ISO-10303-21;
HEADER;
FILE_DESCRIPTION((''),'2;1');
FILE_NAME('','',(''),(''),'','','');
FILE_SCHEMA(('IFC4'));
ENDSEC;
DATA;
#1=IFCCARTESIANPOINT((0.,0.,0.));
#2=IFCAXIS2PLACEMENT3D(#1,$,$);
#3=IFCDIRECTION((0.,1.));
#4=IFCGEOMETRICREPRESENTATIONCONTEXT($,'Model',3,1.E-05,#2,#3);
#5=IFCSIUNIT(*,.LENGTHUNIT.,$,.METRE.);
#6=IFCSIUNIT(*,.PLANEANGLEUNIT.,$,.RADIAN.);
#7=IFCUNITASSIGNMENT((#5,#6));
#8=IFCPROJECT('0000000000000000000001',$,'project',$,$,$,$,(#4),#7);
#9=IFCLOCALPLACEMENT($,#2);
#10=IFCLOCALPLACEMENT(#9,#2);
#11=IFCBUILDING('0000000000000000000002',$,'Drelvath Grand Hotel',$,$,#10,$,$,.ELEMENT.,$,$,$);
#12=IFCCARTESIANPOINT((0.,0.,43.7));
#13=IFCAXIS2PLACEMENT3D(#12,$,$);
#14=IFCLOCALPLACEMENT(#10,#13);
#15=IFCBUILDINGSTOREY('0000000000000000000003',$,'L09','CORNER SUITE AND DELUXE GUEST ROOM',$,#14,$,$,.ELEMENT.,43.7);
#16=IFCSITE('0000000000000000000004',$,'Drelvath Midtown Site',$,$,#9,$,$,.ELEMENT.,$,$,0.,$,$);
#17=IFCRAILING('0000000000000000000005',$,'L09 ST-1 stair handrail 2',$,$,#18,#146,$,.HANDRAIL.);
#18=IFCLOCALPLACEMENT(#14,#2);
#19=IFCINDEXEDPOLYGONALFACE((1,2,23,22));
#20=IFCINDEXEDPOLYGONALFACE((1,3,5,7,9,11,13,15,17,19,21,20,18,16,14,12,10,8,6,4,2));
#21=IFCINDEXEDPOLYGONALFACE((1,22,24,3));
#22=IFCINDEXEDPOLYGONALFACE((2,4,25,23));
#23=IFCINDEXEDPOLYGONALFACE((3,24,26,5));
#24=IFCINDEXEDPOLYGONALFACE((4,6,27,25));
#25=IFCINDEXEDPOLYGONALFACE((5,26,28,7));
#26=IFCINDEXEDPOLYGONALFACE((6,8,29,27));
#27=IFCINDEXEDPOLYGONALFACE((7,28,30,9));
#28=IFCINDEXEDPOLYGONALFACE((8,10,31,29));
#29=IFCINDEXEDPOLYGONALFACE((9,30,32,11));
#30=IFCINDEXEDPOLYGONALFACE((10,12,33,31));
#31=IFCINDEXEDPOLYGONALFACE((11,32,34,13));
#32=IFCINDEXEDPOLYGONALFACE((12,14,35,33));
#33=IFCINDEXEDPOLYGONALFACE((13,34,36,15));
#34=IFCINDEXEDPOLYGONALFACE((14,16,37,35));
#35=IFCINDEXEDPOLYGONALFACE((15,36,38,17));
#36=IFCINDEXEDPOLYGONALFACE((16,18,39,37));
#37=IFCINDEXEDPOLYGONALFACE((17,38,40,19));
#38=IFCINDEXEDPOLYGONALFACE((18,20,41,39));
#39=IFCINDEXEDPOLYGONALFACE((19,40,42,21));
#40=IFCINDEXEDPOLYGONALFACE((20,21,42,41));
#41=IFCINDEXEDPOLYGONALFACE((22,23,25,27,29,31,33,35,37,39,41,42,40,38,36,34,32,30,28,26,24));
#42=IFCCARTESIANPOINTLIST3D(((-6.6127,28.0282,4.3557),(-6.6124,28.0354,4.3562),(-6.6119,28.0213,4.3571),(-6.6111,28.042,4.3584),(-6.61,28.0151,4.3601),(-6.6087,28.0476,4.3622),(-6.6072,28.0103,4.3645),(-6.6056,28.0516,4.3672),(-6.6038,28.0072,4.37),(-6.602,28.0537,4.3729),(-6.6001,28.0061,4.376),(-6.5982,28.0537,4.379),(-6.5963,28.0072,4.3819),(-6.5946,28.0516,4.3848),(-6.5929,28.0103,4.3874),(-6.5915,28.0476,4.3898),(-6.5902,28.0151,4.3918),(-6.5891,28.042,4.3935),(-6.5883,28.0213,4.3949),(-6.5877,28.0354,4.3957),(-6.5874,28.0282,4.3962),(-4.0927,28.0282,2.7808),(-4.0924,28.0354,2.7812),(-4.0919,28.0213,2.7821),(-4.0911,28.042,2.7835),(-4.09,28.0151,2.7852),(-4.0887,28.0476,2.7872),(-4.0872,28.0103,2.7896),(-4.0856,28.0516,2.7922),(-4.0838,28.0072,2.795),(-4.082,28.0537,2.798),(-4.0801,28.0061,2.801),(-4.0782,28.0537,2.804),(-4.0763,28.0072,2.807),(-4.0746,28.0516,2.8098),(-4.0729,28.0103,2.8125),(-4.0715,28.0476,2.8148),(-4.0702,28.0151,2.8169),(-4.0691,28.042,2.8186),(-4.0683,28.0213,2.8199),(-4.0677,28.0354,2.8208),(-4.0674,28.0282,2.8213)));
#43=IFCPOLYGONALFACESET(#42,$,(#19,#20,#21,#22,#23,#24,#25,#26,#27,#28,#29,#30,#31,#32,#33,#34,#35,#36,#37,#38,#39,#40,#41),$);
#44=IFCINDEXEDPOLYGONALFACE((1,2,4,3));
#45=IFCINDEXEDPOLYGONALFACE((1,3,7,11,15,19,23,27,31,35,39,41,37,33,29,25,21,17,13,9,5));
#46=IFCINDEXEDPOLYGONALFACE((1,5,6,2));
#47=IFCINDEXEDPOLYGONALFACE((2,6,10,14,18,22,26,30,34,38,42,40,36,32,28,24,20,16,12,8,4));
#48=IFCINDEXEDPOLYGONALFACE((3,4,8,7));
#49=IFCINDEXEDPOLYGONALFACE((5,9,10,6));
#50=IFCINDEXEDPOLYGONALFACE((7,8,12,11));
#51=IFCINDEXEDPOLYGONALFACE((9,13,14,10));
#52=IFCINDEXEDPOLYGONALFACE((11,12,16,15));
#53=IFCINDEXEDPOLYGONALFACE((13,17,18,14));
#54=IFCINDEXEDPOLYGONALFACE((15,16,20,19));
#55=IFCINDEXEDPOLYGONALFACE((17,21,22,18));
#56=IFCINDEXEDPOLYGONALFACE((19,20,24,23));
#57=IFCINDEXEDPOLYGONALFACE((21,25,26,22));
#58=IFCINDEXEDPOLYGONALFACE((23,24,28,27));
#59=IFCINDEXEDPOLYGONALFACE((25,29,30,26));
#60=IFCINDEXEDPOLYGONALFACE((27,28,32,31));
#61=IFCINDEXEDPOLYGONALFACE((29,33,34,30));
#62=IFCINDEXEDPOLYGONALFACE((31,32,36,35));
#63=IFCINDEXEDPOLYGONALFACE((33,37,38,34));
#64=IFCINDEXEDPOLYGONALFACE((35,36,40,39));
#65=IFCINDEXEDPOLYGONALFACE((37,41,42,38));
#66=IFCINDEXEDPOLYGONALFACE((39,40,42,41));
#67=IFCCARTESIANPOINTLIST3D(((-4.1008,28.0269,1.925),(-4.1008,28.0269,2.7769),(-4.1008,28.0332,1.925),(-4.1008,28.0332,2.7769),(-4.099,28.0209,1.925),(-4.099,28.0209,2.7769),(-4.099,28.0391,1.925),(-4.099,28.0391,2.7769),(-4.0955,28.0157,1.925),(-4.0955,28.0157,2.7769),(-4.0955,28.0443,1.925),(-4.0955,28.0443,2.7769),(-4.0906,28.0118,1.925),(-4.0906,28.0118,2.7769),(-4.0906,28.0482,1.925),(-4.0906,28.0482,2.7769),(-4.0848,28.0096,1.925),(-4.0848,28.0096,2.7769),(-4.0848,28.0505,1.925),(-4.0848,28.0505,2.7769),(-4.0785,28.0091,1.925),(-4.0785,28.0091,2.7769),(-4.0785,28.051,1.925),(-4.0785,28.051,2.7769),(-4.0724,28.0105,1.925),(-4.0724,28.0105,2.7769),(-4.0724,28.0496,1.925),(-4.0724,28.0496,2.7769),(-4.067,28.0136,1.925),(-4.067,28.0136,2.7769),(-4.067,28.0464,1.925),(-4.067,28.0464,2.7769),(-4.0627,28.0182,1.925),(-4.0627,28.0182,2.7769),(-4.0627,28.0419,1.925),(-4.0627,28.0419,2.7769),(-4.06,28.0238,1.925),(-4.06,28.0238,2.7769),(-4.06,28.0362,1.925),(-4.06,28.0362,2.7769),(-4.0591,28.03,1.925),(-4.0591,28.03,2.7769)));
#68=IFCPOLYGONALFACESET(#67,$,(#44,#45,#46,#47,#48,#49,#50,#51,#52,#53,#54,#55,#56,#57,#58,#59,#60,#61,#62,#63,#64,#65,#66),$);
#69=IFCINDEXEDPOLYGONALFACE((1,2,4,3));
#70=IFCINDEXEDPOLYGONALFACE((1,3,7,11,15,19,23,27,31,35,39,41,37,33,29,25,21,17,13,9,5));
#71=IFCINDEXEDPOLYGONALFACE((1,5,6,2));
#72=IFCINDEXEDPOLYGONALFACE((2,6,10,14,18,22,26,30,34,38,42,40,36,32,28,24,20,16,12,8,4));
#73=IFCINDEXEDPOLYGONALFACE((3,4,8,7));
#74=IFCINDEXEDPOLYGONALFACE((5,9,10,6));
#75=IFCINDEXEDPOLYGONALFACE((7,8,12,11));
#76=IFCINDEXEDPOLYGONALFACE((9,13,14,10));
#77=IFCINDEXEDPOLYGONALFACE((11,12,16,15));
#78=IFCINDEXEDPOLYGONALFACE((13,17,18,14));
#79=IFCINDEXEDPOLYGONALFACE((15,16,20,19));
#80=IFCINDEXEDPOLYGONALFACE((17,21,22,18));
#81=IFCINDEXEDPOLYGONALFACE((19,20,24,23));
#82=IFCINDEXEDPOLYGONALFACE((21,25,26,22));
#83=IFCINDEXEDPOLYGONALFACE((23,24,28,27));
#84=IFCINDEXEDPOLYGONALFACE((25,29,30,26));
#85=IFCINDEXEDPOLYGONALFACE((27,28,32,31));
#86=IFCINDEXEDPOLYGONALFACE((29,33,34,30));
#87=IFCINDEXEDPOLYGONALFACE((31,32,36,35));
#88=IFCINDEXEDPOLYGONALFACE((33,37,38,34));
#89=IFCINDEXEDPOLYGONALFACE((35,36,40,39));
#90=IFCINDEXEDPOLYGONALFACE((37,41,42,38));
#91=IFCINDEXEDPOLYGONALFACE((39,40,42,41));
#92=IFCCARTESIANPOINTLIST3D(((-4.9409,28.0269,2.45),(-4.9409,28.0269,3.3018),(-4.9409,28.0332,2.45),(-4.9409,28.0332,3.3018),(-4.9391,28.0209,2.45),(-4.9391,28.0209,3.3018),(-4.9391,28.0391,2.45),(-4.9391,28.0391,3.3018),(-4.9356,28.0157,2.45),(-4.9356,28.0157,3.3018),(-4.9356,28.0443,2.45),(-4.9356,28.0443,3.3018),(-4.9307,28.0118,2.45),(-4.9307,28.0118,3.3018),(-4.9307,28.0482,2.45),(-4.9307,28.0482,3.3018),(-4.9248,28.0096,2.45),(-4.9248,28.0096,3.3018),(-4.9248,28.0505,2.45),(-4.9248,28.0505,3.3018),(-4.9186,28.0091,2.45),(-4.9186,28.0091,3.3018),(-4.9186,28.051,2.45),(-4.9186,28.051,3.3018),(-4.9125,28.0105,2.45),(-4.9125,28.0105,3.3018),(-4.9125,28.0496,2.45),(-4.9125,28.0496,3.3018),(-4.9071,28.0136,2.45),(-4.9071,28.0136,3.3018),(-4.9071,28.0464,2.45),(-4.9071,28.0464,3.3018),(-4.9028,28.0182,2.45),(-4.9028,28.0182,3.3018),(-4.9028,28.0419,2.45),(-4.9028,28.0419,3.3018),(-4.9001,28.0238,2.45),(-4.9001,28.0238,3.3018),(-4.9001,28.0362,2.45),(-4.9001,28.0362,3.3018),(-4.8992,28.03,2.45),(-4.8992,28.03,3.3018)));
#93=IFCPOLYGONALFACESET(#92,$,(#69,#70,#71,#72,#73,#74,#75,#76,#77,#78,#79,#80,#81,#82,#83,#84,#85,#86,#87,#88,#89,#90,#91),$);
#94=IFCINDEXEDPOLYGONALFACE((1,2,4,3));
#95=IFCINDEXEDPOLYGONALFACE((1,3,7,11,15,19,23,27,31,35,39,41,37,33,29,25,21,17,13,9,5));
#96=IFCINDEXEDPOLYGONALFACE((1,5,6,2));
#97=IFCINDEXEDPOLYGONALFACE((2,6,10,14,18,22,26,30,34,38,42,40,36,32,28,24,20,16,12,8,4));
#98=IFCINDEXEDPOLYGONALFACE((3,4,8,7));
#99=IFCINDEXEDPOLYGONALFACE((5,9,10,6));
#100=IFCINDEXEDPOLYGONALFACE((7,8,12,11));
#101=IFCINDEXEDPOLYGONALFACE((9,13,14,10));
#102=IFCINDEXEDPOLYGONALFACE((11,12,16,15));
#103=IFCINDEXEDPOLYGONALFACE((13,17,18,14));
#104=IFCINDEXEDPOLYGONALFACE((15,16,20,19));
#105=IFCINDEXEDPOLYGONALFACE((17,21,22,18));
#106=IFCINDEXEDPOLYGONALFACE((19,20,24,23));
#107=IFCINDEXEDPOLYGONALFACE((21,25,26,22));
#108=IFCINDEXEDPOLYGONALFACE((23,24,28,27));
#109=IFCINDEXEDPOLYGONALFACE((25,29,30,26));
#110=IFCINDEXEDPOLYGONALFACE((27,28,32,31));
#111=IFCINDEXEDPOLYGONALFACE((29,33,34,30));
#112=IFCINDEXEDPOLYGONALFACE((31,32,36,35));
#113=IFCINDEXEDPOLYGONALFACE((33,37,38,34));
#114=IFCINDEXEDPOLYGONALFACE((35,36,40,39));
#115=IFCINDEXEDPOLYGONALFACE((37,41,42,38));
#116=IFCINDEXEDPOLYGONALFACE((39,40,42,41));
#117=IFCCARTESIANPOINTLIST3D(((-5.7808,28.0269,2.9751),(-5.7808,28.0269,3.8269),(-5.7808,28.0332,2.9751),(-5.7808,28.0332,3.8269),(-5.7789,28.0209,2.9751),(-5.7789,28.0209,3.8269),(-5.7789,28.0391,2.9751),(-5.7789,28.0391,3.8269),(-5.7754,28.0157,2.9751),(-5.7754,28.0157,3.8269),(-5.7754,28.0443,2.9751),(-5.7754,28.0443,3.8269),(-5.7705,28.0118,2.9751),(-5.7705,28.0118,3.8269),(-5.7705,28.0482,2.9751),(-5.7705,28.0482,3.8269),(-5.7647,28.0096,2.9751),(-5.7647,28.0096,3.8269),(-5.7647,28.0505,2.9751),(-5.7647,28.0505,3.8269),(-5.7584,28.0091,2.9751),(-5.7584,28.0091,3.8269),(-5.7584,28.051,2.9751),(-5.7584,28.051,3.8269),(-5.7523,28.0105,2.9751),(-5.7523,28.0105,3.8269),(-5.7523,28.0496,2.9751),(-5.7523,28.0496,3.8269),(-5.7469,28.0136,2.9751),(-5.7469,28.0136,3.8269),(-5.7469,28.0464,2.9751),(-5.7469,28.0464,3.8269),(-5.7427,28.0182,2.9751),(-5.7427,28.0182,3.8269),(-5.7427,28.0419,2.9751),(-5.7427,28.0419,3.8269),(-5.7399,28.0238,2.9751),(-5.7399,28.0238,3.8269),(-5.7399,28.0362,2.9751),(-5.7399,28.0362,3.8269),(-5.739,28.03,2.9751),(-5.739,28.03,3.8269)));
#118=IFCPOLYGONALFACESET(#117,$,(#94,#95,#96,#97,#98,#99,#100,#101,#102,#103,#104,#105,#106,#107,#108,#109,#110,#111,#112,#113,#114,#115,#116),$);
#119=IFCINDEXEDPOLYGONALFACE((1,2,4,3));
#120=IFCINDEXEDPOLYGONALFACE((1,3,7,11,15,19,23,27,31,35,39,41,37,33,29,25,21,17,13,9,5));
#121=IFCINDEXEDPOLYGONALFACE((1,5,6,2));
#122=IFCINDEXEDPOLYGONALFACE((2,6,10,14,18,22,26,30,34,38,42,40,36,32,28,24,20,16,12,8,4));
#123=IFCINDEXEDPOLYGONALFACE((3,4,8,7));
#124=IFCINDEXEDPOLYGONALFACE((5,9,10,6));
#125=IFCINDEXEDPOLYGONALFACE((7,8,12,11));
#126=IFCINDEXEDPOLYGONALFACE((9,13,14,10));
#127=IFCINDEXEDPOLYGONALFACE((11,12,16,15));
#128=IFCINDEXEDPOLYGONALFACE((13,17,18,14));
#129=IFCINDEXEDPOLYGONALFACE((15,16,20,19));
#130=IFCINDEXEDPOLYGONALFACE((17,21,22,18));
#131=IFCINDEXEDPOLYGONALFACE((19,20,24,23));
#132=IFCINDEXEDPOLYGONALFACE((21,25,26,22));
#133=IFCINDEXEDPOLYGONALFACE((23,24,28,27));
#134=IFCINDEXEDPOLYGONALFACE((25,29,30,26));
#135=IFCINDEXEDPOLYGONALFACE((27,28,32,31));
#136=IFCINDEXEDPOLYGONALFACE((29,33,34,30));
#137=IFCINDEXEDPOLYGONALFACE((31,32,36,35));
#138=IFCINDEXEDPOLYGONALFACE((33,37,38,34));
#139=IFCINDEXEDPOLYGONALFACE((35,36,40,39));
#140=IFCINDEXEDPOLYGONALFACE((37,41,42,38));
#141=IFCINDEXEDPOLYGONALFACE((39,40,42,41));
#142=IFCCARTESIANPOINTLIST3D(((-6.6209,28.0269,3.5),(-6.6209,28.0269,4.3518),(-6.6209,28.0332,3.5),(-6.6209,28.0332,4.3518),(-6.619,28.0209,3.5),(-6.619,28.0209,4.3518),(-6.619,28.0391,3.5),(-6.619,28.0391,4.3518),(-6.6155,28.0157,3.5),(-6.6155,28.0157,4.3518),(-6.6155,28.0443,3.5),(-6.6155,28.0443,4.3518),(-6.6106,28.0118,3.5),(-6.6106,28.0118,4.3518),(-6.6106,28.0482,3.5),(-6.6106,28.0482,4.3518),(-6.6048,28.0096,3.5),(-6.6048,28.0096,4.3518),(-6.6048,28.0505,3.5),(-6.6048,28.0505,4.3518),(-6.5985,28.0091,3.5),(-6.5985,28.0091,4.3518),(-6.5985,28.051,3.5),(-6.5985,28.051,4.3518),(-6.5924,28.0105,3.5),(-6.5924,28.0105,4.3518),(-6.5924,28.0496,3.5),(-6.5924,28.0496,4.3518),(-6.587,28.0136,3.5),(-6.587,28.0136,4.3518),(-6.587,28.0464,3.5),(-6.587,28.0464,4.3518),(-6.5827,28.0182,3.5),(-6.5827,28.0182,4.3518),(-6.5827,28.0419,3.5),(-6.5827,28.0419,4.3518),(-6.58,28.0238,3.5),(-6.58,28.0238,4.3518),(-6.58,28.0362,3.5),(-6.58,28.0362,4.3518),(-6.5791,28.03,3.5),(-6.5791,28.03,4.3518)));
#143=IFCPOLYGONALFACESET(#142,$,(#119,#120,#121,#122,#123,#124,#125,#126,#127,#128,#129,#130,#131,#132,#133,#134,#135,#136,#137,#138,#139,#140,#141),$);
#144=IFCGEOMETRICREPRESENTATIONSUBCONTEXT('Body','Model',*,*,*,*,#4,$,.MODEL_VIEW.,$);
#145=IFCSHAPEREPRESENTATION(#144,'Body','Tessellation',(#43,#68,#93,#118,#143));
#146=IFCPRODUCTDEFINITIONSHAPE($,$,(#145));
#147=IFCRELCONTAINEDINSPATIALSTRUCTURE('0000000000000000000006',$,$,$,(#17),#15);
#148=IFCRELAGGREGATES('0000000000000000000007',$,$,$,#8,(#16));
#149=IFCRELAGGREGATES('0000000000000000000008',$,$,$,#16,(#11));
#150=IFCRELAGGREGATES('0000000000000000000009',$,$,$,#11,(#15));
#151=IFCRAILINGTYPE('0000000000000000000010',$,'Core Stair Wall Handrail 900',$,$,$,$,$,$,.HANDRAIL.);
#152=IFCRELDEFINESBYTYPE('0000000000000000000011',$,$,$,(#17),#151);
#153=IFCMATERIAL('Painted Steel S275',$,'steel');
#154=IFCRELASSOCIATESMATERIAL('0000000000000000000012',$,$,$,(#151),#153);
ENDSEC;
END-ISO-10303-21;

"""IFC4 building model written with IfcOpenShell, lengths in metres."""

from ifc_helpers import new_model, si_unit, direction, frame, origin, origin_2d, place, context, subcontext, project, spatial, circle, extrude, material, type_object, element, save


model = new_model("IFC4")

# Units and contexts
model_context = context("Model", 3, precision=1e-05, world=origin(), true_north=direction((0.0, 1.0)))
body_context = subcontext(model_context, "Body", "Model", "MODEL_VIEW")
ifc_project = project(units=[si_unit("LENGTHUNIT", "METRE"), si_unit("PLANEANGLEUNIT", "RADIAN")], contexts=[model_context])

# Site, building, storey
site_placement = place(None, origin())
site = spatial("IfcSite", under=ifc_project, at=site_placement, Name="Drelvath Midtown Site", CompositionType="ELEMENT", RefElevation=0.0)
building_placement = place(site_placement, origin())
building = spatial("IfcBuilding", under=site, at=building_placement, Name="Drelvath Grand Hotel", CompositionType="ELEMENT")
storey_placement = place(building_placement, frame((0.0, 0.0, 43.7)))
storey = spatial("IfcBuildingStorey", under=building, at=storey_placement, Name="L09", Description="CORNER SUITE AND DELUXE GUEST ROOM", CompositionType="ELEMENT", Elevation=43.7)

# Shared definitions
ifc_material_1 = material(Name="Painted Steel S275", Category="steel")

# Railing
railing_type_1 = type_object("IfcRailingType", Name="Core Stair Wall Handrail 900", PredefinedType="HANDRAIL", material=ifc_material_1)
railing_1_placement = place(storey_placement, frame((-4.0801, 28.03, 1.925)))
element("IfcRailing", 1, at=railing_1_placement, inside=storey, type_object=railing_type_1, Name="L09 ST-1 stair handrail 2", PredefinedType="HANDRAIL", context=body_context, shape_type="SweptSolid", body=[
    extrude(circle(Radius=0.0239, at=origin_2d()), frame((0.0, 0.0, 0.876), z_axis=(-0.848008, 0.0, 0.529984), x_axis=(0.0, -1.0, 0.0)), (0.0, 0.0, 1.0), 2.9717),
    extrude(circle(Radius=0.021, at=origin_2d()), origin(), (0.0, 0.0, 1.0), 0.8518),
    extrude(circle(Radius=0.021, at=origin_2d()), frame((-0.8401, 0.0, 0.5249)), (0.0, 0.0, 1.0), 0.8518),
    extrude(circle(Radius=0.021, at=origin_2d()), frame((-1.6799, 0.0, 1.05)), (0.0, 0.0, 1.0), 0.8518),
    extrude(circle(Radius=0.021, at=origin_2d()), frame((-2.52, 0.0, 1.575)), (0.0, 0.0, 1.0), 0.8518),
])

save(model, "model.ifc")
